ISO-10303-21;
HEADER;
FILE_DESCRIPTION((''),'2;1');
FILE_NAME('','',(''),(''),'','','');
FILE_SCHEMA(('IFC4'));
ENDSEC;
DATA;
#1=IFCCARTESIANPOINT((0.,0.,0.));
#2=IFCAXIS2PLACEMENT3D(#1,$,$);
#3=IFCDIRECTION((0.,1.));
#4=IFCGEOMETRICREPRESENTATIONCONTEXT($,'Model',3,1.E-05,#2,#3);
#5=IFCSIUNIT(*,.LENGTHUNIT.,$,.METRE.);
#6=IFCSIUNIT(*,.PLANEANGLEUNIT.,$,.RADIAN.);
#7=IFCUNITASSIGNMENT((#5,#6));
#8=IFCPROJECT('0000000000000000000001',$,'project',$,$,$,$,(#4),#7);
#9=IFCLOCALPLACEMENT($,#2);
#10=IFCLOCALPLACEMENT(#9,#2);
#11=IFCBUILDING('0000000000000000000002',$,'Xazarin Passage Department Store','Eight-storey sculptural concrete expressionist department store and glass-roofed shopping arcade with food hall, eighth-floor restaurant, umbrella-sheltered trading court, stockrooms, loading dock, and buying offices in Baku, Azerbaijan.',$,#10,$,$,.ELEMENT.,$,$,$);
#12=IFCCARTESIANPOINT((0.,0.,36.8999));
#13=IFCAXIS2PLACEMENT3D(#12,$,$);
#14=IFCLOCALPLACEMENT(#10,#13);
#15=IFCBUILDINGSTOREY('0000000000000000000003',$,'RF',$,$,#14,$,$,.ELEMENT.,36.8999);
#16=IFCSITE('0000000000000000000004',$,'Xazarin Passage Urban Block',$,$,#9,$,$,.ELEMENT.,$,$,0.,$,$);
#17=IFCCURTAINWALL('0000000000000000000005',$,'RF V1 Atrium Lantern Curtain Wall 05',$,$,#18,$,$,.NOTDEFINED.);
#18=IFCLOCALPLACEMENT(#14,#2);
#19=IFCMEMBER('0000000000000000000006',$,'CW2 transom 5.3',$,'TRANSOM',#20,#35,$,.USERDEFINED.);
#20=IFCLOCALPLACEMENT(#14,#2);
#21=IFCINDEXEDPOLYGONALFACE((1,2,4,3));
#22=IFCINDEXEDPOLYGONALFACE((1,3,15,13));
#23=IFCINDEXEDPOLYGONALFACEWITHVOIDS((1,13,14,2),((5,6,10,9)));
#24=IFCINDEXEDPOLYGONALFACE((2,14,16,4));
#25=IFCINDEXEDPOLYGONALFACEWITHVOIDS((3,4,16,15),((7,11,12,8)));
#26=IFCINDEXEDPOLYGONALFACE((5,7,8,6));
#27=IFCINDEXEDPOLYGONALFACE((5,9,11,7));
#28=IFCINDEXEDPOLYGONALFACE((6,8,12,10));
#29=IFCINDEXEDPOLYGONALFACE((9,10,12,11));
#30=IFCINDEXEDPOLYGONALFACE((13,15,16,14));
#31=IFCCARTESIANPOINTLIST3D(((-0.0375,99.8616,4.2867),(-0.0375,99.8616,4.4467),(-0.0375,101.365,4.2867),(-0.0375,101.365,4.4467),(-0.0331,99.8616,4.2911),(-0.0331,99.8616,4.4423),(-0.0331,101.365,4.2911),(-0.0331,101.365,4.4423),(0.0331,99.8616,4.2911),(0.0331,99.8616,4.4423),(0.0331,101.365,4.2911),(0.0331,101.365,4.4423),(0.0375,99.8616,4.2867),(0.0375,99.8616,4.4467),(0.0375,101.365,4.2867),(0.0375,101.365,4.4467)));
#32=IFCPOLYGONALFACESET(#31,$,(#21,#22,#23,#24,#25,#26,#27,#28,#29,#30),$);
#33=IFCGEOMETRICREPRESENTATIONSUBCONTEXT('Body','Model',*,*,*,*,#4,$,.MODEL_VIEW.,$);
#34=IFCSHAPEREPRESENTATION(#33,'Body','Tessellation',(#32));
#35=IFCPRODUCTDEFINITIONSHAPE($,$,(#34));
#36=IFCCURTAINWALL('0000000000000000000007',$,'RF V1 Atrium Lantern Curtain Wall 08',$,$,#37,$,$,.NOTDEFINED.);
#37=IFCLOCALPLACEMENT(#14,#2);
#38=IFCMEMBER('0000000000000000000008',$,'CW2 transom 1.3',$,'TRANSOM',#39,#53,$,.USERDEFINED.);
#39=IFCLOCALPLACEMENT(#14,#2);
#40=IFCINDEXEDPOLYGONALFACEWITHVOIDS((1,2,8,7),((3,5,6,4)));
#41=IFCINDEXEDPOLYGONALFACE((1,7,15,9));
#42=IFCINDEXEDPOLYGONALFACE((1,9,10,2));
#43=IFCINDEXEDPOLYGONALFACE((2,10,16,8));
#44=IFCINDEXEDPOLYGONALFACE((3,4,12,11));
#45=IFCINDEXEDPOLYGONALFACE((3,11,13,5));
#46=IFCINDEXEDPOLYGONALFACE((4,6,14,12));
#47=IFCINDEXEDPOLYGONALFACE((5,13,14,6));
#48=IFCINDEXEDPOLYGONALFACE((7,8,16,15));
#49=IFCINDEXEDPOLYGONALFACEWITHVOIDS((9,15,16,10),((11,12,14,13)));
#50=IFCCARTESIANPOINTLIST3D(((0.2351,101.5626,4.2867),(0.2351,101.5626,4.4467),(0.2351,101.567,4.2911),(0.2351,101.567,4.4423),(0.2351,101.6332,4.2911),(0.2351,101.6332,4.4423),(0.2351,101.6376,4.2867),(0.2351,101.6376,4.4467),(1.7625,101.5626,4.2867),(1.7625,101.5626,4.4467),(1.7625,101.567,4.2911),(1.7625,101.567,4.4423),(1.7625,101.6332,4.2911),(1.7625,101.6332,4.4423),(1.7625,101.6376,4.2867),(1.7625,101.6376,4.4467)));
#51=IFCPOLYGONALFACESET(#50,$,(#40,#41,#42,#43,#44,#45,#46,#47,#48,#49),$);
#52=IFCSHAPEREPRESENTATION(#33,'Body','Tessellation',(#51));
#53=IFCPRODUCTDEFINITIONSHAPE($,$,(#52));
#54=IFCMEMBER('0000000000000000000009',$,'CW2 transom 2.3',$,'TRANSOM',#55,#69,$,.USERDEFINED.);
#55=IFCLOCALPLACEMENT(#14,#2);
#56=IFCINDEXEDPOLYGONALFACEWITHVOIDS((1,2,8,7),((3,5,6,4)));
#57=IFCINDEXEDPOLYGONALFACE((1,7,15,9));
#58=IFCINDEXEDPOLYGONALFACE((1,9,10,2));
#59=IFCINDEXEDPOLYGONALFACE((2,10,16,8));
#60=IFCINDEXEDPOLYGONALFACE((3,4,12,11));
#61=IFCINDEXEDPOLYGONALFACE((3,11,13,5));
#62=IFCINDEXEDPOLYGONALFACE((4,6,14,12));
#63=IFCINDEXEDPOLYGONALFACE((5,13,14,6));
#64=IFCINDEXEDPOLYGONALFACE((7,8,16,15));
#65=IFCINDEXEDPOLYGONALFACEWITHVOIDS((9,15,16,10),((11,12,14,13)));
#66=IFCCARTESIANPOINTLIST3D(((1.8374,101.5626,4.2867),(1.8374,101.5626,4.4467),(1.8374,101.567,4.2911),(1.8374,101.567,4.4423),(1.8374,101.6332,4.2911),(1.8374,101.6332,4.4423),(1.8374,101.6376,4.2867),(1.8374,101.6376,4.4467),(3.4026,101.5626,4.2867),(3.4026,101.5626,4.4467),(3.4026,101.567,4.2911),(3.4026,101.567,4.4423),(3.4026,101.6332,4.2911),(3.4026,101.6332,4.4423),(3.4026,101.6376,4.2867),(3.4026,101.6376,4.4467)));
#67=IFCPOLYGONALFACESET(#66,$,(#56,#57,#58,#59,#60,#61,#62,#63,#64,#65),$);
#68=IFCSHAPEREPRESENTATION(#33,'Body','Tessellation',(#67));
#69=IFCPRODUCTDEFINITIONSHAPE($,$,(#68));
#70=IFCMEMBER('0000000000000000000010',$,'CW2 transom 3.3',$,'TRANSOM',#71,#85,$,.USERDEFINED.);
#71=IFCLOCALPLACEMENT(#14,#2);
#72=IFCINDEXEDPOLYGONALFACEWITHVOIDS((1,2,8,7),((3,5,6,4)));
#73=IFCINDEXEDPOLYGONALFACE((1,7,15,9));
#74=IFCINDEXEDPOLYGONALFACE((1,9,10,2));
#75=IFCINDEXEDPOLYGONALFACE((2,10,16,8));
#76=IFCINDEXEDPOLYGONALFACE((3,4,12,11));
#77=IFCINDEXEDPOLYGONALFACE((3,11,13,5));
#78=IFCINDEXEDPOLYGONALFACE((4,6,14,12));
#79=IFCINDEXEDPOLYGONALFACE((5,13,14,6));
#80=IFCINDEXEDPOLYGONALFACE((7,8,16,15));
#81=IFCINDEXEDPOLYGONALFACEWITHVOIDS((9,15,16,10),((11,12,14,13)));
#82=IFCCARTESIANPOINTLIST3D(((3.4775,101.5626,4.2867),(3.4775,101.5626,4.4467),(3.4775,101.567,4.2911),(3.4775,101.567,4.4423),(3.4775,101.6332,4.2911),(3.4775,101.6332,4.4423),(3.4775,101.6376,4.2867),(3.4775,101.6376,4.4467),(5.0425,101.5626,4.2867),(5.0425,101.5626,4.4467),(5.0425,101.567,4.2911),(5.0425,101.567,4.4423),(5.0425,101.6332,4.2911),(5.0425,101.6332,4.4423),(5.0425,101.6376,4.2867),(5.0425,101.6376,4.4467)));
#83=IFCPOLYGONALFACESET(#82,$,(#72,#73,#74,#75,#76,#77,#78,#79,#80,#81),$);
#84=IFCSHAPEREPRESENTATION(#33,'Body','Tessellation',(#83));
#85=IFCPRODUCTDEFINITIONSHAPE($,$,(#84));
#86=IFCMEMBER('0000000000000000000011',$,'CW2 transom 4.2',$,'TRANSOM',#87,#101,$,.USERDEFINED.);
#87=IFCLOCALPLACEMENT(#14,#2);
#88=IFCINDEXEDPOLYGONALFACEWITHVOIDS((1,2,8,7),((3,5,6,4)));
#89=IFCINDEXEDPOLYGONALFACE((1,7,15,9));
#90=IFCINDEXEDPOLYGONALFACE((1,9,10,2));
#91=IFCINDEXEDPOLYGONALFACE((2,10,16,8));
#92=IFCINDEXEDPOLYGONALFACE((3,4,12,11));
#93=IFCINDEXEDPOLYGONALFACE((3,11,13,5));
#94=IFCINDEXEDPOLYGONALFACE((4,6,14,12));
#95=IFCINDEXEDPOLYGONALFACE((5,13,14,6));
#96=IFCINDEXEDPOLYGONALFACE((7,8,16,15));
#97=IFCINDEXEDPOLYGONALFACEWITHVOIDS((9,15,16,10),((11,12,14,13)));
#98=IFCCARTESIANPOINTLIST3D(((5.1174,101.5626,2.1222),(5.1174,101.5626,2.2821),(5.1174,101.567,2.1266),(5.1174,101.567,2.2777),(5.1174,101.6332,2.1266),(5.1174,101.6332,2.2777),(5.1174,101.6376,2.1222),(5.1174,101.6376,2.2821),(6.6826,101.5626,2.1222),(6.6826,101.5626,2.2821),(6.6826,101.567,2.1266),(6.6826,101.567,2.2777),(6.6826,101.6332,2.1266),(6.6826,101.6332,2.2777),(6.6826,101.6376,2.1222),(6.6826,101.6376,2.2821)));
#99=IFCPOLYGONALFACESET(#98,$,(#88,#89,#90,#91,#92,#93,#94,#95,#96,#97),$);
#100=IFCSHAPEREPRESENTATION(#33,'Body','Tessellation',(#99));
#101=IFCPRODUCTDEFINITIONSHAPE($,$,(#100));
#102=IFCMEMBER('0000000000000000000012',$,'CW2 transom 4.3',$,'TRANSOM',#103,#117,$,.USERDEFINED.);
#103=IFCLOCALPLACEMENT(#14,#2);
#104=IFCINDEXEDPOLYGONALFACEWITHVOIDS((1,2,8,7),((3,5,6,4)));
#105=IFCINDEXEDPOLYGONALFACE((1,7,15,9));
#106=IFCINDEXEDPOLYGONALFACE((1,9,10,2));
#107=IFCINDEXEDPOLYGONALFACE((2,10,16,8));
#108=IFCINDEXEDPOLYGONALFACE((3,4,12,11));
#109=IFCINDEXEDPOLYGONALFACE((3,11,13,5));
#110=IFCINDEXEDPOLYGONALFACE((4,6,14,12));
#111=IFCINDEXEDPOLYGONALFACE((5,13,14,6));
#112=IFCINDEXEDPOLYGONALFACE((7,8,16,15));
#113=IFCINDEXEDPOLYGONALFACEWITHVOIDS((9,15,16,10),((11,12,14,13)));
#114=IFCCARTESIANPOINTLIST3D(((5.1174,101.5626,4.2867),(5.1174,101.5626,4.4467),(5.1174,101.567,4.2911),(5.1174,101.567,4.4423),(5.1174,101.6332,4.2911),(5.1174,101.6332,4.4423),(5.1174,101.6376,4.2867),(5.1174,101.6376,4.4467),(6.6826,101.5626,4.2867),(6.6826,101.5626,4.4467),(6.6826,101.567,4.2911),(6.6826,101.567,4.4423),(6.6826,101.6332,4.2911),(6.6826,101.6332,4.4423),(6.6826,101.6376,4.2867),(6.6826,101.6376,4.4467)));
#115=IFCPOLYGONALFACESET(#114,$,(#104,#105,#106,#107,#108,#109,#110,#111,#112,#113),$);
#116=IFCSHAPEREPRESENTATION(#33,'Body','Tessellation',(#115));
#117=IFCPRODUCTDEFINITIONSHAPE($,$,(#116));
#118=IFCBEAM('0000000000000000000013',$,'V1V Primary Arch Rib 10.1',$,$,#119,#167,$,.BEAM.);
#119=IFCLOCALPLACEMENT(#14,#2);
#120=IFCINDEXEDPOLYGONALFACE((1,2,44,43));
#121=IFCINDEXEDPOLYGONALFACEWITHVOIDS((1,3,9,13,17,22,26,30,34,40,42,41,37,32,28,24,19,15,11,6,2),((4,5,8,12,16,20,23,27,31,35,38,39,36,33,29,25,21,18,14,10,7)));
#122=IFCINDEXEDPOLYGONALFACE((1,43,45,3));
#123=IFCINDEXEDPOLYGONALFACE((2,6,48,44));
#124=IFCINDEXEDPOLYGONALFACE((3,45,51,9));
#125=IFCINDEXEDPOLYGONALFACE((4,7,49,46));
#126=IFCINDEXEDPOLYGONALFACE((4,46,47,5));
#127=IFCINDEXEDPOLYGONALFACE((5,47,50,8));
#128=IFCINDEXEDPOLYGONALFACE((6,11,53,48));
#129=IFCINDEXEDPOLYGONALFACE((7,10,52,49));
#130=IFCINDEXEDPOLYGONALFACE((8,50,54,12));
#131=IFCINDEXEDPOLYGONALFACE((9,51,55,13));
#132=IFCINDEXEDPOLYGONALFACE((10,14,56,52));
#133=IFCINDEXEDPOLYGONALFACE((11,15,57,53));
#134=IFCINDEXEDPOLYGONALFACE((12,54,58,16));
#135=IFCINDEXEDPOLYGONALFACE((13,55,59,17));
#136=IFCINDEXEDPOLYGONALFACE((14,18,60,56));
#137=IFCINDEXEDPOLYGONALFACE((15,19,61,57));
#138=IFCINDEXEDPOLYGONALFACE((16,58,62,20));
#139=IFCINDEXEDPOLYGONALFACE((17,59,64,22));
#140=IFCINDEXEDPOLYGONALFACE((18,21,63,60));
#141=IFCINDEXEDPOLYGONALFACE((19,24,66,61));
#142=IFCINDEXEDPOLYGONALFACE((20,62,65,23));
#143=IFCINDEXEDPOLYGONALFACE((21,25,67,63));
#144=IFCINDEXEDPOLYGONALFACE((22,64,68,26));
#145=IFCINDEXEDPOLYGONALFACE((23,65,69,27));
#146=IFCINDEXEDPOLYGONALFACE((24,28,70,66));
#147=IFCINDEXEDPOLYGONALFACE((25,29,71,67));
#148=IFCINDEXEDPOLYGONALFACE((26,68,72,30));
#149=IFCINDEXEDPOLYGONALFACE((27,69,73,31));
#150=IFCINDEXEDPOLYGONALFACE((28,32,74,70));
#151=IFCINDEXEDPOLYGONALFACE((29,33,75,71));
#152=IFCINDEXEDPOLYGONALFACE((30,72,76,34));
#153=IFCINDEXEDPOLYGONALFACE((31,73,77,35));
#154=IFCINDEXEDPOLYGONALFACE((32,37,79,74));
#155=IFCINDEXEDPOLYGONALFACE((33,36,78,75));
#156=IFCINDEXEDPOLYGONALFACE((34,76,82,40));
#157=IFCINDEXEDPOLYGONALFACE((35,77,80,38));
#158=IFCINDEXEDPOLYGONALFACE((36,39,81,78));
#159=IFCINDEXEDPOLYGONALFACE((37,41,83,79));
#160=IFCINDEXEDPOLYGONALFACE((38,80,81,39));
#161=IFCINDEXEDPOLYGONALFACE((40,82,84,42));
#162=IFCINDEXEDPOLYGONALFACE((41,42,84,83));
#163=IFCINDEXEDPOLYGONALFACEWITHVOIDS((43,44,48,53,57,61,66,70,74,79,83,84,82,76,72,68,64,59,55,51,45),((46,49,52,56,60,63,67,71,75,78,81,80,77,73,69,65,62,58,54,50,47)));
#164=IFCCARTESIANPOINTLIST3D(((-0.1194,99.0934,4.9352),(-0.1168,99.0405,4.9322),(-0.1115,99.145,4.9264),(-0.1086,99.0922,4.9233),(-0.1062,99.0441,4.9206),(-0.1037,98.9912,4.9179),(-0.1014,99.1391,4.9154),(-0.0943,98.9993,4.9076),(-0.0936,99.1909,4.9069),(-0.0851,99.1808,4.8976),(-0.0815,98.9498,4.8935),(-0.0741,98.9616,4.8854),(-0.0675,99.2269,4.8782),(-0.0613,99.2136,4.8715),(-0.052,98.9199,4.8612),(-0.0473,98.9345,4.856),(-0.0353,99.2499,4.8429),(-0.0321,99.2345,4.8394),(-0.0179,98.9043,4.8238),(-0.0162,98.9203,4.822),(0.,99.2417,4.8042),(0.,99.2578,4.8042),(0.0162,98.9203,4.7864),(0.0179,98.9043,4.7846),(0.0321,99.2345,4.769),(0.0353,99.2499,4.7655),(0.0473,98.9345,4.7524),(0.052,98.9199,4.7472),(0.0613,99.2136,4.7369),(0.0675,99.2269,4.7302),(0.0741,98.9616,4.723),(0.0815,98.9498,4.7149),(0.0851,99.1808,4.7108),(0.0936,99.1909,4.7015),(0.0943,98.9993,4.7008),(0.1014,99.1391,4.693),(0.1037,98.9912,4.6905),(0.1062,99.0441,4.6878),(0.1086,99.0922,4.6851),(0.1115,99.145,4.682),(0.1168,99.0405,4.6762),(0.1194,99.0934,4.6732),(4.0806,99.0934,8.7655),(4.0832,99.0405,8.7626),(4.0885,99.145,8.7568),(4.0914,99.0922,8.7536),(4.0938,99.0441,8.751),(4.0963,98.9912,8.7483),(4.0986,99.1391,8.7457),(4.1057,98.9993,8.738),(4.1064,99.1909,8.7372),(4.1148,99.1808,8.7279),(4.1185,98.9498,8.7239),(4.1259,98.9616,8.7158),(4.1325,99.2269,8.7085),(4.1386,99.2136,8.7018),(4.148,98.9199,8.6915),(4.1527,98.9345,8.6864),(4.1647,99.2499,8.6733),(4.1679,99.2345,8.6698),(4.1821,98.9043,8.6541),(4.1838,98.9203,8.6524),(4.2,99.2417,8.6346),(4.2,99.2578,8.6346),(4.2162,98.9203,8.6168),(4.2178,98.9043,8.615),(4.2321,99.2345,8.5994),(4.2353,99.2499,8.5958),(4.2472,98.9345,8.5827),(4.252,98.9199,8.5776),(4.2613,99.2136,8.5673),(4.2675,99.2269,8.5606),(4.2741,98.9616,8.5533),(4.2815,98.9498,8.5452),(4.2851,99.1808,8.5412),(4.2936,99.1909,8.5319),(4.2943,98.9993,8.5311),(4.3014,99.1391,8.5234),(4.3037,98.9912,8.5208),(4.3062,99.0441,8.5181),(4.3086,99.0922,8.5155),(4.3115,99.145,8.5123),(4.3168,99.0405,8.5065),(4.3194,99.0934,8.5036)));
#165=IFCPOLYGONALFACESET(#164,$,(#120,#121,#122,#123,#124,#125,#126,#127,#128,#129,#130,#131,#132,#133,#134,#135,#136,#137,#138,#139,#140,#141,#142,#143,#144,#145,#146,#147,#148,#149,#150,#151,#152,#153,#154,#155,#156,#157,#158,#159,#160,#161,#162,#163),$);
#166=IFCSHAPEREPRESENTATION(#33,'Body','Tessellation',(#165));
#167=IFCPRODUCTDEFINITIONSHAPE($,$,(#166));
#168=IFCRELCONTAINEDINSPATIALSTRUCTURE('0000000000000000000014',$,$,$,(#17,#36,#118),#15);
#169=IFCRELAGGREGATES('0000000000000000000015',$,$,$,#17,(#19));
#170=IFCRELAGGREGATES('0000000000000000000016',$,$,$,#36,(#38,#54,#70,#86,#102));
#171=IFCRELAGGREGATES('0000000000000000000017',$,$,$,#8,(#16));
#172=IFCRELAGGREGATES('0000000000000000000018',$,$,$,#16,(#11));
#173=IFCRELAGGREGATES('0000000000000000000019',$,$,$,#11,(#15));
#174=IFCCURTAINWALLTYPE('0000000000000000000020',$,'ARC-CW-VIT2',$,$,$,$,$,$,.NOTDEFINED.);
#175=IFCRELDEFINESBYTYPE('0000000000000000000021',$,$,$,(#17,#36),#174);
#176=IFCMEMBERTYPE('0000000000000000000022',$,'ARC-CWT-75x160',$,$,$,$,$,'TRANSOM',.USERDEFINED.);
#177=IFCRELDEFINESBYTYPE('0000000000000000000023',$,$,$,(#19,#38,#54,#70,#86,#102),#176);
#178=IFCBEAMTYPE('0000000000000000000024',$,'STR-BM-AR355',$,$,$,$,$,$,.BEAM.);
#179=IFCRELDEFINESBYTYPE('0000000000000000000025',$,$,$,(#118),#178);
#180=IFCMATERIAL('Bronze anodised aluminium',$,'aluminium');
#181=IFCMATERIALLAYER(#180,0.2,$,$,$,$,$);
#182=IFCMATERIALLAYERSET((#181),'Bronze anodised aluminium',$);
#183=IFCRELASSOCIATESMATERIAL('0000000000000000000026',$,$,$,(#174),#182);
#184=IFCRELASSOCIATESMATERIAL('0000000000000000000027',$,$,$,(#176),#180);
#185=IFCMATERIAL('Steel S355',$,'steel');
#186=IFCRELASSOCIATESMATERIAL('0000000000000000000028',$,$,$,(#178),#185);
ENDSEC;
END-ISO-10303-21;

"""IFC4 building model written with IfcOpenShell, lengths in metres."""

from ifc_helpers import new_model, si_unit, direction, frame, origin, origin_2d, place, context, subcontext, project, spatial, hollow_rectangle, hollow_circle, extrude, material, layer, layer_set, material_profile, profile_set, type_object, element, aggregate, save


model = new_model("IFC4")

# Units and contexts
model_context = context("Model", 3, precision=1e-05, world=origin(), true_north=direction((0.0, 1.0)))
body_context = subcontext(model_context, "Body", "Model", "MODEL_VIEW")
ifc_project = project(units=[si_unit("LENGTHUNIT", "METRE"), si_unit("PLANEANGLEUNIT", "RADIAN")], contexts=[model_context])

# Site, building, storey
site_placement = place(None, origin())
site = spatial("IfcSite", under=ifc_project, at=site_placement, Name="Xazarin Passage Urban Block", CompositionType="ELEMENT", RefElevation=0.0)
building_placement = place(site_placement, origin())
building = spatial("IfcBuilding", under=site, at=building_placement, Name="Xazarin Passage Department Store", Description="Eight-storey sculptural concrete expressionist department store and glass-roofed shopping arcade with food hall, eighth-floor restaurant, umbrella-sheltered trading court, stockrooms, loading dock, and buying offices in Baku, Azerbaijan.", CompositionType="ELEMENT")
storey_placement = place(building_placement, frame((0.0, 0.0, 36.8999)))
storey = spatial("IfcBuildingStorey", under=building, at=storey_placement, Name="RF", CompositionType="ELEMENT", Elevation=36.8999)

# Curtain wall, member
ifc_material_1 = material(Name="Bronze anodised aluminium", Category="aluminium")
ifc_layer_1 = layer(ifc_material_1, 0.2)
ifc_layer_set_1 = layer_set([ifc_layer_1], Name="Bronze anodised aluminium")
curtain_wall_type = type_object("IfcCurtainWallType", Name="ARC-CW-VIT2", PredefinedType="NOTDEFINED", material=ifc_layer_set_1)
curtain_wall_1_placement = place(storey_placement, origin())
curtain_wall_1 = element("IfcCurtainWall", 1, at=curtain_wall_1_placement, inside=storey, type_object=curtain_wall_type, Name="RF V1 Atrium Lantern Curtain Wall 05", PredefinedType="NOTDEFINED")
ifc_material_profile_1 = material_profile(ifc_material_1, hollow_rectangle(XDim=0.075, YDim=0.1599, WallThickness=0.0044, at=origin_2d()), Name="ALU 75x160")
ifc_profile_set_1 = profile_set([ifc_material_profile_1], Name="Bronze anodised aluminium")
member_type_1 = type_object("IfcMemberType", Name="ARC-CWT-75x160", ElementType="TRANSOM", PredefinedType="USERDEFINED", material=ifc_profile_set_1)
member_1_placement = place(storey_placement, frame((0.0, 99.8616, 4.3667), z_axis=(0.0, 1.0, 0.0), x_axis=(-1.0, 0.0, 0.0)))
member_1 = element("IfcMember", 2, at=member_1_placement, type_object=member_type_1, Name="CW2 transom 5.3", ObjectType="TRANSOM", PredefinedType="USERDEFINED", context=body_context, shape_type="SweptSolid", body=[
    extrude(hollow_rectangle(XDim=0.075, YDim=0.1599, WallThickness=0.0044, at=origin_2d()), origin(), (0.0, 0.0, 1.0), 1.5034),
])

# Curtain wall, members
curtain_wall_2_placement = place(storey_placement, origin())
curtain_wall_2 = element("IfcCurtainWall", 3, at=curtain_wall_2_placement, inside=storey, type_object=curtain_wall_type, Name="RF V1 Atrium Lantern Curtain Wall 08", PredefinedType="NOTDEFINED")
member_2_placement = place(storey_placement, frame((0.2351, 101.6001, 4.3667), z_axis=(1.0, 0.0, 0.0), x_axis=(0.0, 1.0, 0.0)))
member_2 = element("IfcMember", 4, at=member_2_placement, type_object=member_type_1, Name="CW2 transom 1.3", ObjectType="TRANSOM", PredefinedType="USERDEFINED", context=body_context, shape_type="SweptSolid", body=[
    extrude(hollow_rectangle(XDim=0.075, YDim=0.1599, WallThickness=0.0044, at=origin_2d()), origin(), (0.0, 0.0, 1.0), 1.5273),
])
member_3_placement = place(storey_placement, frame((1.8374, 101.6001, 4.3667), z_axis=(1.0, 0.0, 0.0), x_axis=(0.0, 1.0, 0.0)))
member_3 = element("IfcMember", 5, at=member_3_placement, type_object=member_type_1, Name="CW2 transom 2.3", ObjectType="TRANSOM", PredefinedType="USERDEFINED", context=body_context, shape_type="SweptSolid", body=[
    extrude(hollow_rectangle(XDim=0.075, YDim=0.1599, WallThickness=0.0044, at=origin_2d()), origin(), (0.0, 0.0, 1.0), 1.5652),
])
member_4_placement = place(storey_placement, frame((3.4775, 101.6001, 4.3667), z_axis=(1.0, 0.0, 0.0), x_axis=(0.0, 1.0, 0.0)))
member_4 = element("IfcMember", 6, at=member_4_placement, type_object=member_type_1, Name="CW2 transom 3.3", ObjectType="TRANSOM", PredefinedType="USERDEFINED", context=body_context, shape_type="SweptSolid", body=[
    extrude(hollow_rectangle(XDim=0.075, YDim=0.1599, WallThickness=0.0044, at=origin_2d()), origin(), (0.0, 0.0, 1.0), 1.5649),
])
member_5_placement = place(storey_placement, frame((5.1174, 101.6001, 2.2021), z_axis=(1.0, 0.0, 0.0), x_axis=(0.0, 1.0, 0.0)))
member_5 = element("IfcMember", 7, at=member_5_placement, type_object=member_type_1, Name="CW2 transom 4.2", ObjectType="TRANSOM", PredefinedType="USERDEFINED", context=body_context, shape_type="SweptSolid", body=[
    extrude(hollow_rectangle(XDim=0.075, YDim=0.1599, WallThickness=0.0044, at=origin_2d()), origin(), (0.0, 0.0, 1.0), 1.5652),
])
member_6_placement = place(storey_placement, frame((5.1174, 101.6001, 4.3667), z_axis=(1.0, 0.0, 0.0), x_axis=(0.0, 1.0, 0.0)))
member_6 = element("IfcMember", 8, at=member_6_placement, type_object=member_type_1, Name="CW2 transom 4.3", ObjectType="TRANSOM", PredefinedType="USERDEFINED", context=body_context, shape_type="SweptSolid", body=[
    extrude(hollow_rectangle(XDim=0.075, YDim=0.1599, WallThickness=0.0044, at=origin_2d()), origin(), (0.0, 0.0, 1.0), 1.5652),
])

# Beam
ifc_material_2 = material(Name="Steel S355", Category="steel")
ifc_material_profile_2 = material_profile(ifc_material_2, hollow_circle(Radius=0.1777, WallThickness=0.0161, at=origin_2d()), Name="CHS 355.6x16")
ifc_profile_set_2 = profile_set([ifc_material_profile_2], Name="Steel S355")
beam_type_1 = type_object("IfcBeamType", Name="STR-BM-AR355", PredefinedType="BEAM", material=ifc_profile_set_2)
beam_1_placement = place(storey_placement, frame((0.0, 99.0801, 4.8042), z_axis=(0.738872, 0.0, 0.673846), x_axis=(0.0, 1.0, 0.0)))
element("IfcBeam", 9, at=beam_1_placement, inside=storey, type_object=beam_type_1, Name="V1V Primary Arch Rib 10.1", PredefinedType="BEAM", context=body_context, shape_type="SweptSolid", body=[
    extrude(hollow_circle(Radius=0.1777, WallThickness=0.0161, at=origin_2d()), origin(), (0.0, 0.0, 1.0), 5.6843),
])

aggregate(curtain_wall_1, [member_1])
aggregate(curtain_wall_2, [member_2, member_3, member_4, member_5, member_6])

save(model, "model.ifc")
